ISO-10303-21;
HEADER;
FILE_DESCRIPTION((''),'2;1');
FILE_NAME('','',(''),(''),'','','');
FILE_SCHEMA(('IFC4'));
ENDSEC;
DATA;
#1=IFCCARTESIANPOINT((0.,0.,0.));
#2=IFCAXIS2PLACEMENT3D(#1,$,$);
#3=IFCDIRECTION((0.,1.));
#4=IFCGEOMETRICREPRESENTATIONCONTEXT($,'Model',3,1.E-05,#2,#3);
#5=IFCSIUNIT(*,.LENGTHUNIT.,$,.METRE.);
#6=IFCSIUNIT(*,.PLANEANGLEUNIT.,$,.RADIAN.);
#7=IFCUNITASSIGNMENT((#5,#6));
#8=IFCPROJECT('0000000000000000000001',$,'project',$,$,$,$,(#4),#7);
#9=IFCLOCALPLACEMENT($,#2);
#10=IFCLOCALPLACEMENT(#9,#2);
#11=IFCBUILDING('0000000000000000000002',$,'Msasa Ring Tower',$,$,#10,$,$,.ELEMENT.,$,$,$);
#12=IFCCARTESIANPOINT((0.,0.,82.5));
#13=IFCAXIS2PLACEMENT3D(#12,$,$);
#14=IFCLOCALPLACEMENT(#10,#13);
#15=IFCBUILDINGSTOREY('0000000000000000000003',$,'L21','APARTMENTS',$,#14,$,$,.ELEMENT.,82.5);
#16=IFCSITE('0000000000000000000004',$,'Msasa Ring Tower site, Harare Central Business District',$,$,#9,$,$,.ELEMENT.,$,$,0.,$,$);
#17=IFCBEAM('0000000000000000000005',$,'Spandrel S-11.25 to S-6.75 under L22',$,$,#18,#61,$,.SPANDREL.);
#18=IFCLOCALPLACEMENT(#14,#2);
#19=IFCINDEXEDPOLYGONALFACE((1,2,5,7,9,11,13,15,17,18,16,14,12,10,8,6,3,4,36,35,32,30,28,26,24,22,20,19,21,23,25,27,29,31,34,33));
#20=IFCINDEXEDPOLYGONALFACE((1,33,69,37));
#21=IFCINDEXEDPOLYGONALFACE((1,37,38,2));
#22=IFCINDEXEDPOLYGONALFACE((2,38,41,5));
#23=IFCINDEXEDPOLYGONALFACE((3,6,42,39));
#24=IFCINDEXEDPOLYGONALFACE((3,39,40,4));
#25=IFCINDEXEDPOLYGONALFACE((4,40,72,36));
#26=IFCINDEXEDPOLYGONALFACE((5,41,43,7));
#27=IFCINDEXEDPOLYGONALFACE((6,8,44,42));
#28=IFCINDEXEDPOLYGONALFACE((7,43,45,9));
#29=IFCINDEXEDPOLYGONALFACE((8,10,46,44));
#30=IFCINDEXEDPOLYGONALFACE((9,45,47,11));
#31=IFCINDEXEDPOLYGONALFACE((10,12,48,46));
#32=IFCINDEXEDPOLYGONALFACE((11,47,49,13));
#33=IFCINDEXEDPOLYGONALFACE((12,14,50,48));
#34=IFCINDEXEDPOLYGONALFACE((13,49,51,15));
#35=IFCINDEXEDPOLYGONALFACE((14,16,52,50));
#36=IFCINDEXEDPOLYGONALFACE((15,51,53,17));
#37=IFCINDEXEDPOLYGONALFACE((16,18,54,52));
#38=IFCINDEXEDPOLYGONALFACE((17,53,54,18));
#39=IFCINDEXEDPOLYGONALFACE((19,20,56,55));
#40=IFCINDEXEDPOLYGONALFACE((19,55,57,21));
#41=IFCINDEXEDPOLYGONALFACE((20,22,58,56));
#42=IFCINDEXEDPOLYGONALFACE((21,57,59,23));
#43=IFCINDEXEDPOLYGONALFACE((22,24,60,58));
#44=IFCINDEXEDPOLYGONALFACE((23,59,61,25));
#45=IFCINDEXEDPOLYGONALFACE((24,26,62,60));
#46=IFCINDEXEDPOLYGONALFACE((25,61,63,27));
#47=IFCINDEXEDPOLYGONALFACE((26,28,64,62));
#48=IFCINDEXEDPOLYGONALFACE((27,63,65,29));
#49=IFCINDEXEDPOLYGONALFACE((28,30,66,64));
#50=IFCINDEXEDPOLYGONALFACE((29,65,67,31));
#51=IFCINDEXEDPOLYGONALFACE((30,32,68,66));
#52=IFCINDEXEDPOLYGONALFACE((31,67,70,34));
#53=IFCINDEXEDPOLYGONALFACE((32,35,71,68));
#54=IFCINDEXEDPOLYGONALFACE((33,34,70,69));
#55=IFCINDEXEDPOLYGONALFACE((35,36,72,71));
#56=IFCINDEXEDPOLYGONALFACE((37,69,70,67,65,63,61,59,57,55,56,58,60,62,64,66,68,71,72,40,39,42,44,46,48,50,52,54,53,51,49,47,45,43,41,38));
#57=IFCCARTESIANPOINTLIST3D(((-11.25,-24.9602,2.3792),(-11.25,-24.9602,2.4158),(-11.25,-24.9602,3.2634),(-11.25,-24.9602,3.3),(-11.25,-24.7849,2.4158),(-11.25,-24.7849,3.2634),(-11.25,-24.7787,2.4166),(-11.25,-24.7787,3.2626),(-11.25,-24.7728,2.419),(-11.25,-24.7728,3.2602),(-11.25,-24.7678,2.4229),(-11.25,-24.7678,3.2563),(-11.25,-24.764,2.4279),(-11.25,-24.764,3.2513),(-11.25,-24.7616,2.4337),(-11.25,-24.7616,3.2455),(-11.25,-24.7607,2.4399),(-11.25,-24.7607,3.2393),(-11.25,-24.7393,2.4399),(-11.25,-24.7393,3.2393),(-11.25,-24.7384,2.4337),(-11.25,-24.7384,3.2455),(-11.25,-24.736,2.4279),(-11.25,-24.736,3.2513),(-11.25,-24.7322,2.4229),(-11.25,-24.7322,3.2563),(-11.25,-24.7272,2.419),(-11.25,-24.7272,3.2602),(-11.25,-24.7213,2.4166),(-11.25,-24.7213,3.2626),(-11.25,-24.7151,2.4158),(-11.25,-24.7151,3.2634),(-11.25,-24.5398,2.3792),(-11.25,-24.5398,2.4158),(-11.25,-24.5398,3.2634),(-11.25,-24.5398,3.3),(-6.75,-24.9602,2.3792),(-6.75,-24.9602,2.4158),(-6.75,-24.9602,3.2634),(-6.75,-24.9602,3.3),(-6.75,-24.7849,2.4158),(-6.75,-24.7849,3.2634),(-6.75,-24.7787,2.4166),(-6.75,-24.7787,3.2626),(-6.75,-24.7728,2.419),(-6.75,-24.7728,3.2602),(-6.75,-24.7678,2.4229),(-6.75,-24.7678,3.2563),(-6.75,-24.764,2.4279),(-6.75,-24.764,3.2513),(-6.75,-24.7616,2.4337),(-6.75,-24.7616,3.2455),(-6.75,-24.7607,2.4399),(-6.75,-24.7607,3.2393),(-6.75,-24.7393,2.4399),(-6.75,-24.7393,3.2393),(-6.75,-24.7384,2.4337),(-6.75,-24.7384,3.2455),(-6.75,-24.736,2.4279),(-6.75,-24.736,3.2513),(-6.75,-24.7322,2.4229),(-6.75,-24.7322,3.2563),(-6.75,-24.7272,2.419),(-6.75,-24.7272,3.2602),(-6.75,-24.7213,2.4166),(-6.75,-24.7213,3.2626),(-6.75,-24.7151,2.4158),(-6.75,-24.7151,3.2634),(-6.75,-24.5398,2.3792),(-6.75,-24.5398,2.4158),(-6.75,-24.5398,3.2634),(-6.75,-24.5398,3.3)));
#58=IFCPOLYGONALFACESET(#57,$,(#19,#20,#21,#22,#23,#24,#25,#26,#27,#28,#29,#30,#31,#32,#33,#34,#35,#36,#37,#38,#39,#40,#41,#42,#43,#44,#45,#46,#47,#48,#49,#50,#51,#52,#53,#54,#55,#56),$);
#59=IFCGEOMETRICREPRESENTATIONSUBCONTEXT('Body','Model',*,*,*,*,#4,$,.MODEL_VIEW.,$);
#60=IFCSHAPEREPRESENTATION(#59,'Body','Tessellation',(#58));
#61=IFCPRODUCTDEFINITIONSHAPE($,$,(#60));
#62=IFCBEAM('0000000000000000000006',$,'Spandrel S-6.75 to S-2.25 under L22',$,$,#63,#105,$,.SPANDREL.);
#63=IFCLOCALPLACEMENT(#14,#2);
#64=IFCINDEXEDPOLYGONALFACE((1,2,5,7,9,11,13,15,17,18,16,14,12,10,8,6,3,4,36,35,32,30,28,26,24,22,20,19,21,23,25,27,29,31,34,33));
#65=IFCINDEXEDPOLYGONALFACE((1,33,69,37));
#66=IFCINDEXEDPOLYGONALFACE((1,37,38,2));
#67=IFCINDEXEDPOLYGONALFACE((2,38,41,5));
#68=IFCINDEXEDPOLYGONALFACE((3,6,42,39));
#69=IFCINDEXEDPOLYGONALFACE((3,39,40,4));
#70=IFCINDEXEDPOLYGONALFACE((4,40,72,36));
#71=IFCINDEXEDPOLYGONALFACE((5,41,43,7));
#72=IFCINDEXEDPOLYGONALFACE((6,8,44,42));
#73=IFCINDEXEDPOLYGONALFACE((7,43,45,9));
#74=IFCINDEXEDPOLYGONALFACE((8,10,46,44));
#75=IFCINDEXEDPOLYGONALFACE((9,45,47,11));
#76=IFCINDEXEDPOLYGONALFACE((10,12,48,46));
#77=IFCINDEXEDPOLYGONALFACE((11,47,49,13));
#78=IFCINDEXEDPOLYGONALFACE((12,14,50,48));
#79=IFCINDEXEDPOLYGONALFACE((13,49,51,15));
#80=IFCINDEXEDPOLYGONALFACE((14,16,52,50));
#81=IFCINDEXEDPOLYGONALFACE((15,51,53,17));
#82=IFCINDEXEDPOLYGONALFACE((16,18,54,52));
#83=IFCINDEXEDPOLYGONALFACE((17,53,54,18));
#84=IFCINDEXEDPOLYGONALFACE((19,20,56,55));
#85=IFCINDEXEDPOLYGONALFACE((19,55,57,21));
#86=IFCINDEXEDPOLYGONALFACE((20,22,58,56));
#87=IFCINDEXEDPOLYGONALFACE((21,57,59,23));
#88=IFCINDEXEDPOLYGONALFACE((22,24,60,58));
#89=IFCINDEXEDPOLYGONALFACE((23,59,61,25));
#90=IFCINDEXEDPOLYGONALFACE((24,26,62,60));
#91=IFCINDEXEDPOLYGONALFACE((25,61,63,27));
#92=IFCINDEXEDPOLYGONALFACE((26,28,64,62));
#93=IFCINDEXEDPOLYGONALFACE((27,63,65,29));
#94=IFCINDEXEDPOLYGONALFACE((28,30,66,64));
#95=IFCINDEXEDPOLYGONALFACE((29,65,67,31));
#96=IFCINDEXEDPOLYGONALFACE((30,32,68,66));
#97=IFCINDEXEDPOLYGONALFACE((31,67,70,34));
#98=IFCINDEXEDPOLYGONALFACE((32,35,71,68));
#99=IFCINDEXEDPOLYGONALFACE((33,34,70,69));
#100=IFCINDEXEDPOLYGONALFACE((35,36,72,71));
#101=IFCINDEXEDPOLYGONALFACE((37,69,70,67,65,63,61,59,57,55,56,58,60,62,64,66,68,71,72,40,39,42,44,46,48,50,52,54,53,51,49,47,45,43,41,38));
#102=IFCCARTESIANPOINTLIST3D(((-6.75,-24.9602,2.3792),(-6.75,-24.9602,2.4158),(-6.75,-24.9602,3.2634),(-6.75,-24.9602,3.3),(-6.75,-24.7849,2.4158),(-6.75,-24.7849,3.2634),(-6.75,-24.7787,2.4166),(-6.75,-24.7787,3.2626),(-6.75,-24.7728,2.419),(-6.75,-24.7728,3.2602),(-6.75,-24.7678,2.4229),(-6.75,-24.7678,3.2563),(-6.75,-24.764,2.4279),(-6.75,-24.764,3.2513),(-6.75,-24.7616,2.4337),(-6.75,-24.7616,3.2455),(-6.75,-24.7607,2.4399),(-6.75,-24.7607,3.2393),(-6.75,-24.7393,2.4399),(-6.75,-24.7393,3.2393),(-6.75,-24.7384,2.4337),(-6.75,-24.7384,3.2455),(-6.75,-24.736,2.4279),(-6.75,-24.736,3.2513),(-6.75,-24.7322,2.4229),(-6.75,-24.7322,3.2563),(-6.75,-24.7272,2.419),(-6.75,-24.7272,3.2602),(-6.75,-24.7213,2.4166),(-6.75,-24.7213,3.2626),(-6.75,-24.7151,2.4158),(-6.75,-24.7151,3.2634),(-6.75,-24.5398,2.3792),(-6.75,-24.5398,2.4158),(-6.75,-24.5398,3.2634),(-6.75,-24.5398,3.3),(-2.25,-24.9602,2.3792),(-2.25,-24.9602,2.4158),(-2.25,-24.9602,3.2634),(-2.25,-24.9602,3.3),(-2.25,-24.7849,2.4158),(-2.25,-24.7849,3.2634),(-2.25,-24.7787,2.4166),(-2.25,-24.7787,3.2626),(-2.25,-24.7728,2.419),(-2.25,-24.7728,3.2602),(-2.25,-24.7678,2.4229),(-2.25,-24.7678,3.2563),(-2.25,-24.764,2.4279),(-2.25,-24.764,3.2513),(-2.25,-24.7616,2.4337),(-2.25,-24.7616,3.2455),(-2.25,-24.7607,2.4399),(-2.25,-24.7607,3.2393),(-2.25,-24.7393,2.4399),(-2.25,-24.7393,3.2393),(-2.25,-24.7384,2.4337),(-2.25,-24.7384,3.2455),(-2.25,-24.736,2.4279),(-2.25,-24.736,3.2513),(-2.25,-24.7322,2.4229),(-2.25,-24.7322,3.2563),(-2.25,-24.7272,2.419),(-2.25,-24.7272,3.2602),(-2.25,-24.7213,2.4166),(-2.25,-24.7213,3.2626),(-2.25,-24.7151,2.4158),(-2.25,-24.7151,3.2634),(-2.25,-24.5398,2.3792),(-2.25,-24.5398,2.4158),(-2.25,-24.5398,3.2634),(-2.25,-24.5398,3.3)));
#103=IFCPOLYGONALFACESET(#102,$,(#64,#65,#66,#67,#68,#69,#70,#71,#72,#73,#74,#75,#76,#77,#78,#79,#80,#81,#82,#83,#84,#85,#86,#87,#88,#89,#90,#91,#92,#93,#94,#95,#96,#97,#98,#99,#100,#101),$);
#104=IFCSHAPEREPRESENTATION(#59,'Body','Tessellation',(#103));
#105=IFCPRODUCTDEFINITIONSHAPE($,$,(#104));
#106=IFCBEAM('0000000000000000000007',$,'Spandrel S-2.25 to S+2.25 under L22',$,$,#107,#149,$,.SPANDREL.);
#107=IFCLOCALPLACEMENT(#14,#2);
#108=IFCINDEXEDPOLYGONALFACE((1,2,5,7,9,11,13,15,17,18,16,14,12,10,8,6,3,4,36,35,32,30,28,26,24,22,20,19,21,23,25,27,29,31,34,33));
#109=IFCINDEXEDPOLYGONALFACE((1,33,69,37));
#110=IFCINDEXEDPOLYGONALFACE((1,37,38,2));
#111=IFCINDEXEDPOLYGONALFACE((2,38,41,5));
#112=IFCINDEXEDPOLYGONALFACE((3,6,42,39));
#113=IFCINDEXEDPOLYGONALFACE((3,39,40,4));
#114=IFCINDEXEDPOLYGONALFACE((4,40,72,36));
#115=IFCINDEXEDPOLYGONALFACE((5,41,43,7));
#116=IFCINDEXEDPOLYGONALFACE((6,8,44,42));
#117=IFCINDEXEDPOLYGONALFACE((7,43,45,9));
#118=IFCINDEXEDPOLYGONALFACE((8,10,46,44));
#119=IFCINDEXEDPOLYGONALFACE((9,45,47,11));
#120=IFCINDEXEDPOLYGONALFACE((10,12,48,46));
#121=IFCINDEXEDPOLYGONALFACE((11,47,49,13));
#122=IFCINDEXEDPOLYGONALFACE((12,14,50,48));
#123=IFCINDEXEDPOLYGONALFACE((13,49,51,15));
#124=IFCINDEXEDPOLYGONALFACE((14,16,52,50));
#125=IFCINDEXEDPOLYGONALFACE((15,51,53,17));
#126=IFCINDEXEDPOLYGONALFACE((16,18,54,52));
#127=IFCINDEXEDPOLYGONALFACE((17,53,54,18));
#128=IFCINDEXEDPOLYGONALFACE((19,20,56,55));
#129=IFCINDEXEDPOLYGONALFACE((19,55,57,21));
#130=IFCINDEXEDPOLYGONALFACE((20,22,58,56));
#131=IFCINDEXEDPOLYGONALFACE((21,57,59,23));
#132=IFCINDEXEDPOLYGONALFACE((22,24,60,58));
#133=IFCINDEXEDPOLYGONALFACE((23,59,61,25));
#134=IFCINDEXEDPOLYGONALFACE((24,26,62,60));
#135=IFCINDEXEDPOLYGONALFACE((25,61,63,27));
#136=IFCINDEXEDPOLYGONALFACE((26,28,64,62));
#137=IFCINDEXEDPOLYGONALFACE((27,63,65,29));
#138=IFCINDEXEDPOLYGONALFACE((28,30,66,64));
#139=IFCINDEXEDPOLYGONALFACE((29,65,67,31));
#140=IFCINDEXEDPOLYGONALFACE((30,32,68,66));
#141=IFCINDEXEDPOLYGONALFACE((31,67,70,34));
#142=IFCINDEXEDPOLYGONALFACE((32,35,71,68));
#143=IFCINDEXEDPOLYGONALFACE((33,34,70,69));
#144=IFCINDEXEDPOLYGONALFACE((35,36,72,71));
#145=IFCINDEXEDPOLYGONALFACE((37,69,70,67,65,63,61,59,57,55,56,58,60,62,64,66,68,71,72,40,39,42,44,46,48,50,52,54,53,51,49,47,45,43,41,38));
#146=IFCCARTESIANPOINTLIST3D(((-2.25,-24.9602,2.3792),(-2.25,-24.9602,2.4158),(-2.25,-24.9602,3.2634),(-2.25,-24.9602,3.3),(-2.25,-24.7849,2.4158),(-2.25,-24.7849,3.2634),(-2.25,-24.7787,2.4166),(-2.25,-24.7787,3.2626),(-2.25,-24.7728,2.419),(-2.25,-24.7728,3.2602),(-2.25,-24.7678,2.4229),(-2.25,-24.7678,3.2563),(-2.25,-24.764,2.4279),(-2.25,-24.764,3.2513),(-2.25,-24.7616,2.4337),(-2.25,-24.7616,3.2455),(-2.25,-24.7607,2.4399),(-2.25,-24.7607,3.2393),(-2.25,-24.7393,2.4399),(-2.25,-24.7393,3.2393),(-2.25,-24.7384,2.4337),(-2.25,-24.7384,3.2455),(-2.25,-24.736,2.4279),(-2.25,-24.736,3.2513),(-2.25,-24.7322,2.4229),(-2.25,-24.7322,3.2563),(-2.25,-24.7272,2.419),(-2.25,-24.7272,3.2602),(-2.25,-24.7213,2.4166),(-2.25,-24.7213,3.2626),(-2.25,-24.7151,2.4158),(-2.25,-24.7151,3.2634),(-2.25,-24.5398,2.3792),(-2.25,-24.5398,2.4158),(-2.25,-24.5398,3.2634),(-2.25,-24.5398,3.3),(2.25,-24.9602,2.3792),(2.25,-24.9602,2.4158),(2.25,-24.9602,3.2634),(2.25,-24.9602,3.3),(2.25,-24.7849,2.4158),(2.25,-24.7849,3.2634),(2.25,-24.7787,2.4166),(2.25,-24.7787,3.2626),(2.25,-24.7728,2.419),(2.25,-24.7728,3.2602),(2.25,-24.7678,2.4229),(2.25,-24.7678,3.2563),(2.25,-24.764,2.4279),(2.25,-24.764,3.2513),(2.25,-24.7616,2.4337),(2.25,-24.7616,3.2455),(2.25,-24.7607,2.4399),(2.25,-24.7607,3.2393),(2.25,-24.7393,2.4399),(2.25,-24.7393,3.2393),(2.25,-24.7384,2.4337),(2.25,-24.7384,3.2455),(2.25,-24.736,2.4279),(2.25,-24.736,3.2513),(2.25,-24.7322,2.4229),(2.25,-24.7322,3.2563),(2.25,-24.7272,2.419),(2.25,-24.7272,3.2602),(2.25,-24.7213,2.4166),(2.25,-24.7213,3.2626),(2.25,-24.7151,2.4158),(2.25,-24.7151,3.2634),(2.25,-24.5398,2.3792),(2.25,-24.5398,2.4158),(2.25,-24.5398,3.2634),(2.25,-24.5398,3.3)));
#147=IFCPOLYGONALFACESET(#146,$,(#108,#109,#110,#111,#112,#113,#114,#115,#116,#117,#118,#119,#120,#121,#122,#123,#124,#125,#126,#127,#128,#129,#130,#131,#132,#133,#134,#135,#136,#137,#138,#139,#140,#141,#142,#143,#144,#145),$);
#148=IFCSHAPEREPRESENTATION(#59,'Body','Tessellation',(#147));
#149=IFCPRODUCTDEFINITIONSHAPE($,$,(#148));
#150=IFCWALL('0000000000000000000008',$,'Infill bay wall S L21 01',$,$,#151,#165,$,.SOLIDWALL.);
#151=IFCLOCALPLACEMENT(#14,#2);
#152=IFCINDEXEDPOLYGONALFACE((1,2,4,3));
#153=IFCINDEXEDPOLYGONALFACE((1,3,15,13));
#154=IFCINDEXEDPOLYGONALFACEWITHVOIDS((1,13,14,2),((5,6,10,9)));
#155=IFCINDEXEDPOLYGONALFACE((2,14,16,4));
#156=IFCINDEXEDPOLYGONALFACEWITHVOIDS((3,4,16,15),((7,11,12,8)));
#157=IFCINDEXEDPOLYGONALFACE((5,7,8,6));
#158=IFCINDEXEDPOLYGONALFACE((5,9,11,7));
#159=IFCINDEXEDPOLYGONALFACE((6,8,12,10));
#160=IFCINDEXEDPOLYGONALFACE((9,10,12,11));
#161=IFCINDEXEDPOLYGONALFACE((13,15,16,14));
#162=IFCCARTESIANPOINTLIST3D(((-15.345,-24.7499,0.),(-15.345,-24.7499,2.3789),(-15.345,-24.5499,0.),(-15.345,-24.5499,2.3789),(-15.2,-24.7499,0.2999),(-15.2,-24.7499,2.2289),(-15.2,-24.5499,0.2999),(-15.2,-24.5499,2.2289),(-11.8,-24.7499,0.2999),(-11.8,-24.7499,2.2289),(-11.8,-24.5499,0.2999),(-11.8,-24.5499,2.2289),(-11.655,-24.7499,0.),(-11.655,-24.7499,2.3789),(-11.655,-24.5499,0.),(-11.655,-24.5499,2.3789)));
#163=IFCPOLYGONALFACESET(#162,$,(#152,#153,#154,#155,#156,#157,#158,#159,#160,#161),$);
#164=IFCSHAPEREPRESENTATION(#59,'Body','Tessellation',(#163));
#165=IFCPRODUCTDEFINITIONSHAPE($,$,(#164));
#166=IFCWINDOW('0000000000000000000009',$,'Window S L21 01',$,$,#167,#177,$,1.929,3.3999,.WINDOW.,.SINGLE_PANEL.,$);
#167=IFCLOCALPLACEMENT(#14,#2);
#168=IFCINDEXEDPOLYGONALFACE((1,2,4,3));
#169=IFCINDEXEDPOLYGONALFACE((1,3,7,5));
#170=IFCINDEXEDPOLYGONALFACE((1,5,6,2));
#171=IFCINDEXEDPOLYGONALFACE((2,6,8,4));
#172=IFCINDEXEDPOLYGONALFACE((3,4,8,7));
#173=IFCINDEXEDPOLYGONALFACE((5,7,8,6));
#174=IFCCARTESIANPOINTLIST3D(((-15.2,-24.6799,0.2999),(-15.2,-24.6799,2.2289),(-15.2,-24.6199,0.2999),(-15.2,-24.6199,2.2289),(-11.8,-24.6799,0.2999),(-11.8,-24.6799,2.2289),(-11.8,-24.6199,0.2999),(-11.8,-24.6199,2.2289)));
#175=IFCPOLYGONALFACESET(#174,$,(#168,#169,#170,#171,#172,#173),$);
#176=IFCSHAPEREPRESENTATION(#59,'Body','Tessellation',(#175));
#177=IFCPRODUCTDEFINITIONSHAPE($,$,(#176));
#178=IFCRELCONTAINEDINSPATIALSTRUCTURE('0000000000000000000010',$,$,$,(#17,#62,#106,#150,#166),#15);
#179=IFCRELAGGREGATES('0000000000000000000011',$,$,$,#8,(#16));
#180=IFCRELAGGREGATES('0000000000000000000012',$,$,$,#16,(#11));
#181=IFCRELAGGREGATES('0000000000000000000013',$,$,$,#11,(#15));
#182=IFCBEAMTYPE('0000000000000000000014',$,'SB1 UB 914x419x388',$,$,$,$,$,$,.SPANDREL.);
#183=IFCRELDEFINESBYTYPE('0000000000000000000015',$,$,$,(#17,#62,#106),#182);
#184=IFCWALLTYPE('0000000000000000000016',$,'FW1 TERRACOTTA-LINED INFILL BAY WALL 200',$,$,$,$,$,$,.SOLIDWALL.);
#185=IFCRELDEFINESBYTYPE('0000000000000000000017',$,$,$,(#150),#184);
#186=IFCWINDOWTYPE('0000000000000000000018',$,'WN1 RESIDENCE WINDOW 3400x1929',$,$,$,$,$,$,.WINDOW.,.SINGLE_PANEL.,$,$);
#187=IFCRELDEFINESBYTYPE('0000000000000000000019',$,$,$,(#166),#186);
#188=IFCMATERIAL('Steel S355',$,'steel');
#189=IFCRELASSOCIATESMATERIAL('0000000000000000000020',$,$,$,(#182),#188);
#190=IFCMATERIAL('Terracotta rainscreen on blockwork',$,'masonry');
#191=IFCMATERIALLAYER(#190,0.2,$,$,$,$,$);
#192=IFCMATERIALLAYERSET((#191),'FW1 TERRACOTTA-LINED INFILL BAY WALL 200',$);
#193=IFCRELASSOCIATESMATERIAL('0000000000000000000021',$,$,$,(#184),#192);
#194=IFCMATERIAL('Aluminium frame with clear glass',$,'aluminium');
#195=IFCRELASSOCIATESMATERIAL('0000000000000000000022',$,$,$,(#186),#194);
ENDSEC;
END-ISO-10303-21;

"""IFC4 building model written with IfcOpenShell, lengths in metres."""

from ifc_helpers import new_model, si_unit, direction, frame, frame_2d, origin, origin_2d, place, context, subcontext, project, spatial, rectangle, i_section, extrude, material, layer, layer_set, material_profile, profile_set, type_object, element, fill, save


model = new_model("IFC4")

# Units and contexts
model_context = context("Model", 3, precision=1e-05, world=origin(), true_north=direction((0.0, 1.0)))
body_context = subcontext(model_context, "Body", "Model", "MODEL_VIEW")
ifc_project = project(units=[si_unit("LENGTHUNIT", "METRE"), si_unit("PLANEANGLEUNIT", "RADIAN")], contexts=[model_context])

# Site, building, storey
site_placement = place(None, origin())
site = spatial("IfcSite", under=ifc_project, at=site_placement, Name="Msasa Ring Tower site, Harare Central Business District", CompositionType="ELEMENT", RefElevation=0.0)
building_placement = place(site_placement, origin())
building = spatial("IfcBuilding", under=site, at=building_placement, Name="Msasa Ring Tower", CompositionType="ELEMENT")
storey_placement = place(building_placement, frame((0.0, 0.0, 82.5)))
storey = spatial("IfcBuildingStorey", under=building, at=storey_placement, Name="L21", Description="APARTMENTS", CompositionType="ELEMENT", Elevation=82.5)

# Beams
ifc_material_1 = material(Name="Steel S355", Category="steel")
ifc_material_profile_1 = material_profile(ifc_material_1, i_section(OverallWidth=0.4204, OverallDepth=0.9209, WebThickness=0.0215, FlangeThickness=0.0366, FilletRadius=0.0242, at=origin_2d()), Name="UB 914x419x388")
ifc_profile_set_1 = profile_set([ifc_material_profile_1], Name="Steel S355")
beam_type_1 = type_object("IfcBeamType", Name="SB1 UB 914x419x388", PredefinedType="SPANDREL", material=ifc_profile_set_1)
for number, where, z_axis, x_axis, name in (
    (1, (-11.25, -24.75, 2.8396), (1.0, 0.0, 0.0), (0.0, 1.0, 0.0), "Spandrel S-11.25 to S-6.75 under L22"),
    (2, (-6.75, -24.75, 2.8396), (1.0, 0.0, 0.0), (0.0, 1.0, 0.0), "Spandrel S-6.75 to S-2.25 under L22"),
    (3, (-2.25, -24.75, 2.8396), (1.0, 0.0, 0.0), (0.0, 1.0, 0.0), "Spandrel S-2.25 to S+2.25 under L22"),
):
    element("IfcBeam", number, at=place(storey_placement, frame(where, z_axis=z_axis, x_axis=x_axis)), inside=storey, type_object=beam_type_1, Name=name, PredefinedType="SPANDREL", context=body_context, shape_type="SweptSolid", body=[
        extrude(i_section(OverallWidth=0.4204, OverallDepth=0.9209, WebThickness=0.0215, FlangeThickness=0.0366, FilletRadius=0.0242, at=origin_2d()), origin(), (0.0, 0.0, 1.0), 4.5),
    ])

# Wall, opening, window
ifc_material_2 = material(Name="Terracotta rainscreen on blockwork", Category="masonry")
ifc_layer_1 = layer(ifc_material_2, 0.2)
ifc_layer_set_1 = layer_set([ifc_layer_1], Name="FW1 TERRACOTTA-LINED INFILL BAY WALL 200")
wall_type_1 = type_object("IfcWallType", Name="FW1 TERRACOTTA-LINED INFILL BAY WALL 200", PredefinedType="SOLIDWALL", material=ifc_layer_set_1)
wall_1_placement = place(storey_placement, frame((-15.345, -24.6499, 0.0), z_axis=(0.0, 0.0, 1.0), x_axis=(1.0, 0.0, 0.0)))
wall_1 = element("IfcWall", 4, at=wall_1_placement, inside=storey, type_object=wall_type_1, Name="Infill bay wall S L21 01", PredefinedType="SOLIDWALL", context=body_context, shape_type="SweptSolid", body=[
    extrude(rectangle(XDim=3.6899, YDim=0.2, at=frame_2d((1.845, 0.0))), origin(), (0.0, 0.0, 1.0), 2.3789),
])
opening_1_placement = place(wall_1_placement, frame((0.145, 0.0, 0.3)))
opening_1 = element("IfcOpeningElement", 5, at=opening_1_placement, cuts=wall_1, PredefinedType="OPENING", context=body_context, shape_type="SweptSolid", body=[
    extrude(rectangle(XDim=3.3999, YDim=1.929, at=frame_2d((1.7, 0.9644))), frame((0.0, 0.1099, 0.0), z_axis=(0.0, -1.0, 0.0), x_axis=(1.0, 0.0, 0.0)), (0.0, 0.0, 1.0), 0.22),
])
ifc_material_3 = material(Name="Aluminium frame with clear glass", Category="aluminium")
window_type = type_object("IfcWindowType", Name="WN1 RESIDENCE WINDOW 3400x1929", PartitioningType="SINGLE_PANEL", PredefinedType="WINDOW", material=ifc_material_3)
window_1_placement = place(opening_1_placement, origin())
window_1 = element("IfcWindow", 6, at=window_1_placement, inside=storey, type_object=window_type, Name="Window S L21 01", OverallHeight=1.929, OverallWidth=3.3999, PartitioningType="SINGLE_PANEL", PredefinedType="WINDOW", context=body_context, shape_type="SweptSolid", body=[
    extrude(rectangle(XDim=3.3999, YDim=1.929, at=frame_2d((1.7, 0.9644))), frame((0.0, 0.03, 0.0), z_axis=(0.0, -1.0, 0.0), x_axis=(1.0, 0.0, 0.0)), (0.0, 0.0, 1.0), 0.0601),
])
fill(opening_1, window_1)

save(model, "model.ifc")
